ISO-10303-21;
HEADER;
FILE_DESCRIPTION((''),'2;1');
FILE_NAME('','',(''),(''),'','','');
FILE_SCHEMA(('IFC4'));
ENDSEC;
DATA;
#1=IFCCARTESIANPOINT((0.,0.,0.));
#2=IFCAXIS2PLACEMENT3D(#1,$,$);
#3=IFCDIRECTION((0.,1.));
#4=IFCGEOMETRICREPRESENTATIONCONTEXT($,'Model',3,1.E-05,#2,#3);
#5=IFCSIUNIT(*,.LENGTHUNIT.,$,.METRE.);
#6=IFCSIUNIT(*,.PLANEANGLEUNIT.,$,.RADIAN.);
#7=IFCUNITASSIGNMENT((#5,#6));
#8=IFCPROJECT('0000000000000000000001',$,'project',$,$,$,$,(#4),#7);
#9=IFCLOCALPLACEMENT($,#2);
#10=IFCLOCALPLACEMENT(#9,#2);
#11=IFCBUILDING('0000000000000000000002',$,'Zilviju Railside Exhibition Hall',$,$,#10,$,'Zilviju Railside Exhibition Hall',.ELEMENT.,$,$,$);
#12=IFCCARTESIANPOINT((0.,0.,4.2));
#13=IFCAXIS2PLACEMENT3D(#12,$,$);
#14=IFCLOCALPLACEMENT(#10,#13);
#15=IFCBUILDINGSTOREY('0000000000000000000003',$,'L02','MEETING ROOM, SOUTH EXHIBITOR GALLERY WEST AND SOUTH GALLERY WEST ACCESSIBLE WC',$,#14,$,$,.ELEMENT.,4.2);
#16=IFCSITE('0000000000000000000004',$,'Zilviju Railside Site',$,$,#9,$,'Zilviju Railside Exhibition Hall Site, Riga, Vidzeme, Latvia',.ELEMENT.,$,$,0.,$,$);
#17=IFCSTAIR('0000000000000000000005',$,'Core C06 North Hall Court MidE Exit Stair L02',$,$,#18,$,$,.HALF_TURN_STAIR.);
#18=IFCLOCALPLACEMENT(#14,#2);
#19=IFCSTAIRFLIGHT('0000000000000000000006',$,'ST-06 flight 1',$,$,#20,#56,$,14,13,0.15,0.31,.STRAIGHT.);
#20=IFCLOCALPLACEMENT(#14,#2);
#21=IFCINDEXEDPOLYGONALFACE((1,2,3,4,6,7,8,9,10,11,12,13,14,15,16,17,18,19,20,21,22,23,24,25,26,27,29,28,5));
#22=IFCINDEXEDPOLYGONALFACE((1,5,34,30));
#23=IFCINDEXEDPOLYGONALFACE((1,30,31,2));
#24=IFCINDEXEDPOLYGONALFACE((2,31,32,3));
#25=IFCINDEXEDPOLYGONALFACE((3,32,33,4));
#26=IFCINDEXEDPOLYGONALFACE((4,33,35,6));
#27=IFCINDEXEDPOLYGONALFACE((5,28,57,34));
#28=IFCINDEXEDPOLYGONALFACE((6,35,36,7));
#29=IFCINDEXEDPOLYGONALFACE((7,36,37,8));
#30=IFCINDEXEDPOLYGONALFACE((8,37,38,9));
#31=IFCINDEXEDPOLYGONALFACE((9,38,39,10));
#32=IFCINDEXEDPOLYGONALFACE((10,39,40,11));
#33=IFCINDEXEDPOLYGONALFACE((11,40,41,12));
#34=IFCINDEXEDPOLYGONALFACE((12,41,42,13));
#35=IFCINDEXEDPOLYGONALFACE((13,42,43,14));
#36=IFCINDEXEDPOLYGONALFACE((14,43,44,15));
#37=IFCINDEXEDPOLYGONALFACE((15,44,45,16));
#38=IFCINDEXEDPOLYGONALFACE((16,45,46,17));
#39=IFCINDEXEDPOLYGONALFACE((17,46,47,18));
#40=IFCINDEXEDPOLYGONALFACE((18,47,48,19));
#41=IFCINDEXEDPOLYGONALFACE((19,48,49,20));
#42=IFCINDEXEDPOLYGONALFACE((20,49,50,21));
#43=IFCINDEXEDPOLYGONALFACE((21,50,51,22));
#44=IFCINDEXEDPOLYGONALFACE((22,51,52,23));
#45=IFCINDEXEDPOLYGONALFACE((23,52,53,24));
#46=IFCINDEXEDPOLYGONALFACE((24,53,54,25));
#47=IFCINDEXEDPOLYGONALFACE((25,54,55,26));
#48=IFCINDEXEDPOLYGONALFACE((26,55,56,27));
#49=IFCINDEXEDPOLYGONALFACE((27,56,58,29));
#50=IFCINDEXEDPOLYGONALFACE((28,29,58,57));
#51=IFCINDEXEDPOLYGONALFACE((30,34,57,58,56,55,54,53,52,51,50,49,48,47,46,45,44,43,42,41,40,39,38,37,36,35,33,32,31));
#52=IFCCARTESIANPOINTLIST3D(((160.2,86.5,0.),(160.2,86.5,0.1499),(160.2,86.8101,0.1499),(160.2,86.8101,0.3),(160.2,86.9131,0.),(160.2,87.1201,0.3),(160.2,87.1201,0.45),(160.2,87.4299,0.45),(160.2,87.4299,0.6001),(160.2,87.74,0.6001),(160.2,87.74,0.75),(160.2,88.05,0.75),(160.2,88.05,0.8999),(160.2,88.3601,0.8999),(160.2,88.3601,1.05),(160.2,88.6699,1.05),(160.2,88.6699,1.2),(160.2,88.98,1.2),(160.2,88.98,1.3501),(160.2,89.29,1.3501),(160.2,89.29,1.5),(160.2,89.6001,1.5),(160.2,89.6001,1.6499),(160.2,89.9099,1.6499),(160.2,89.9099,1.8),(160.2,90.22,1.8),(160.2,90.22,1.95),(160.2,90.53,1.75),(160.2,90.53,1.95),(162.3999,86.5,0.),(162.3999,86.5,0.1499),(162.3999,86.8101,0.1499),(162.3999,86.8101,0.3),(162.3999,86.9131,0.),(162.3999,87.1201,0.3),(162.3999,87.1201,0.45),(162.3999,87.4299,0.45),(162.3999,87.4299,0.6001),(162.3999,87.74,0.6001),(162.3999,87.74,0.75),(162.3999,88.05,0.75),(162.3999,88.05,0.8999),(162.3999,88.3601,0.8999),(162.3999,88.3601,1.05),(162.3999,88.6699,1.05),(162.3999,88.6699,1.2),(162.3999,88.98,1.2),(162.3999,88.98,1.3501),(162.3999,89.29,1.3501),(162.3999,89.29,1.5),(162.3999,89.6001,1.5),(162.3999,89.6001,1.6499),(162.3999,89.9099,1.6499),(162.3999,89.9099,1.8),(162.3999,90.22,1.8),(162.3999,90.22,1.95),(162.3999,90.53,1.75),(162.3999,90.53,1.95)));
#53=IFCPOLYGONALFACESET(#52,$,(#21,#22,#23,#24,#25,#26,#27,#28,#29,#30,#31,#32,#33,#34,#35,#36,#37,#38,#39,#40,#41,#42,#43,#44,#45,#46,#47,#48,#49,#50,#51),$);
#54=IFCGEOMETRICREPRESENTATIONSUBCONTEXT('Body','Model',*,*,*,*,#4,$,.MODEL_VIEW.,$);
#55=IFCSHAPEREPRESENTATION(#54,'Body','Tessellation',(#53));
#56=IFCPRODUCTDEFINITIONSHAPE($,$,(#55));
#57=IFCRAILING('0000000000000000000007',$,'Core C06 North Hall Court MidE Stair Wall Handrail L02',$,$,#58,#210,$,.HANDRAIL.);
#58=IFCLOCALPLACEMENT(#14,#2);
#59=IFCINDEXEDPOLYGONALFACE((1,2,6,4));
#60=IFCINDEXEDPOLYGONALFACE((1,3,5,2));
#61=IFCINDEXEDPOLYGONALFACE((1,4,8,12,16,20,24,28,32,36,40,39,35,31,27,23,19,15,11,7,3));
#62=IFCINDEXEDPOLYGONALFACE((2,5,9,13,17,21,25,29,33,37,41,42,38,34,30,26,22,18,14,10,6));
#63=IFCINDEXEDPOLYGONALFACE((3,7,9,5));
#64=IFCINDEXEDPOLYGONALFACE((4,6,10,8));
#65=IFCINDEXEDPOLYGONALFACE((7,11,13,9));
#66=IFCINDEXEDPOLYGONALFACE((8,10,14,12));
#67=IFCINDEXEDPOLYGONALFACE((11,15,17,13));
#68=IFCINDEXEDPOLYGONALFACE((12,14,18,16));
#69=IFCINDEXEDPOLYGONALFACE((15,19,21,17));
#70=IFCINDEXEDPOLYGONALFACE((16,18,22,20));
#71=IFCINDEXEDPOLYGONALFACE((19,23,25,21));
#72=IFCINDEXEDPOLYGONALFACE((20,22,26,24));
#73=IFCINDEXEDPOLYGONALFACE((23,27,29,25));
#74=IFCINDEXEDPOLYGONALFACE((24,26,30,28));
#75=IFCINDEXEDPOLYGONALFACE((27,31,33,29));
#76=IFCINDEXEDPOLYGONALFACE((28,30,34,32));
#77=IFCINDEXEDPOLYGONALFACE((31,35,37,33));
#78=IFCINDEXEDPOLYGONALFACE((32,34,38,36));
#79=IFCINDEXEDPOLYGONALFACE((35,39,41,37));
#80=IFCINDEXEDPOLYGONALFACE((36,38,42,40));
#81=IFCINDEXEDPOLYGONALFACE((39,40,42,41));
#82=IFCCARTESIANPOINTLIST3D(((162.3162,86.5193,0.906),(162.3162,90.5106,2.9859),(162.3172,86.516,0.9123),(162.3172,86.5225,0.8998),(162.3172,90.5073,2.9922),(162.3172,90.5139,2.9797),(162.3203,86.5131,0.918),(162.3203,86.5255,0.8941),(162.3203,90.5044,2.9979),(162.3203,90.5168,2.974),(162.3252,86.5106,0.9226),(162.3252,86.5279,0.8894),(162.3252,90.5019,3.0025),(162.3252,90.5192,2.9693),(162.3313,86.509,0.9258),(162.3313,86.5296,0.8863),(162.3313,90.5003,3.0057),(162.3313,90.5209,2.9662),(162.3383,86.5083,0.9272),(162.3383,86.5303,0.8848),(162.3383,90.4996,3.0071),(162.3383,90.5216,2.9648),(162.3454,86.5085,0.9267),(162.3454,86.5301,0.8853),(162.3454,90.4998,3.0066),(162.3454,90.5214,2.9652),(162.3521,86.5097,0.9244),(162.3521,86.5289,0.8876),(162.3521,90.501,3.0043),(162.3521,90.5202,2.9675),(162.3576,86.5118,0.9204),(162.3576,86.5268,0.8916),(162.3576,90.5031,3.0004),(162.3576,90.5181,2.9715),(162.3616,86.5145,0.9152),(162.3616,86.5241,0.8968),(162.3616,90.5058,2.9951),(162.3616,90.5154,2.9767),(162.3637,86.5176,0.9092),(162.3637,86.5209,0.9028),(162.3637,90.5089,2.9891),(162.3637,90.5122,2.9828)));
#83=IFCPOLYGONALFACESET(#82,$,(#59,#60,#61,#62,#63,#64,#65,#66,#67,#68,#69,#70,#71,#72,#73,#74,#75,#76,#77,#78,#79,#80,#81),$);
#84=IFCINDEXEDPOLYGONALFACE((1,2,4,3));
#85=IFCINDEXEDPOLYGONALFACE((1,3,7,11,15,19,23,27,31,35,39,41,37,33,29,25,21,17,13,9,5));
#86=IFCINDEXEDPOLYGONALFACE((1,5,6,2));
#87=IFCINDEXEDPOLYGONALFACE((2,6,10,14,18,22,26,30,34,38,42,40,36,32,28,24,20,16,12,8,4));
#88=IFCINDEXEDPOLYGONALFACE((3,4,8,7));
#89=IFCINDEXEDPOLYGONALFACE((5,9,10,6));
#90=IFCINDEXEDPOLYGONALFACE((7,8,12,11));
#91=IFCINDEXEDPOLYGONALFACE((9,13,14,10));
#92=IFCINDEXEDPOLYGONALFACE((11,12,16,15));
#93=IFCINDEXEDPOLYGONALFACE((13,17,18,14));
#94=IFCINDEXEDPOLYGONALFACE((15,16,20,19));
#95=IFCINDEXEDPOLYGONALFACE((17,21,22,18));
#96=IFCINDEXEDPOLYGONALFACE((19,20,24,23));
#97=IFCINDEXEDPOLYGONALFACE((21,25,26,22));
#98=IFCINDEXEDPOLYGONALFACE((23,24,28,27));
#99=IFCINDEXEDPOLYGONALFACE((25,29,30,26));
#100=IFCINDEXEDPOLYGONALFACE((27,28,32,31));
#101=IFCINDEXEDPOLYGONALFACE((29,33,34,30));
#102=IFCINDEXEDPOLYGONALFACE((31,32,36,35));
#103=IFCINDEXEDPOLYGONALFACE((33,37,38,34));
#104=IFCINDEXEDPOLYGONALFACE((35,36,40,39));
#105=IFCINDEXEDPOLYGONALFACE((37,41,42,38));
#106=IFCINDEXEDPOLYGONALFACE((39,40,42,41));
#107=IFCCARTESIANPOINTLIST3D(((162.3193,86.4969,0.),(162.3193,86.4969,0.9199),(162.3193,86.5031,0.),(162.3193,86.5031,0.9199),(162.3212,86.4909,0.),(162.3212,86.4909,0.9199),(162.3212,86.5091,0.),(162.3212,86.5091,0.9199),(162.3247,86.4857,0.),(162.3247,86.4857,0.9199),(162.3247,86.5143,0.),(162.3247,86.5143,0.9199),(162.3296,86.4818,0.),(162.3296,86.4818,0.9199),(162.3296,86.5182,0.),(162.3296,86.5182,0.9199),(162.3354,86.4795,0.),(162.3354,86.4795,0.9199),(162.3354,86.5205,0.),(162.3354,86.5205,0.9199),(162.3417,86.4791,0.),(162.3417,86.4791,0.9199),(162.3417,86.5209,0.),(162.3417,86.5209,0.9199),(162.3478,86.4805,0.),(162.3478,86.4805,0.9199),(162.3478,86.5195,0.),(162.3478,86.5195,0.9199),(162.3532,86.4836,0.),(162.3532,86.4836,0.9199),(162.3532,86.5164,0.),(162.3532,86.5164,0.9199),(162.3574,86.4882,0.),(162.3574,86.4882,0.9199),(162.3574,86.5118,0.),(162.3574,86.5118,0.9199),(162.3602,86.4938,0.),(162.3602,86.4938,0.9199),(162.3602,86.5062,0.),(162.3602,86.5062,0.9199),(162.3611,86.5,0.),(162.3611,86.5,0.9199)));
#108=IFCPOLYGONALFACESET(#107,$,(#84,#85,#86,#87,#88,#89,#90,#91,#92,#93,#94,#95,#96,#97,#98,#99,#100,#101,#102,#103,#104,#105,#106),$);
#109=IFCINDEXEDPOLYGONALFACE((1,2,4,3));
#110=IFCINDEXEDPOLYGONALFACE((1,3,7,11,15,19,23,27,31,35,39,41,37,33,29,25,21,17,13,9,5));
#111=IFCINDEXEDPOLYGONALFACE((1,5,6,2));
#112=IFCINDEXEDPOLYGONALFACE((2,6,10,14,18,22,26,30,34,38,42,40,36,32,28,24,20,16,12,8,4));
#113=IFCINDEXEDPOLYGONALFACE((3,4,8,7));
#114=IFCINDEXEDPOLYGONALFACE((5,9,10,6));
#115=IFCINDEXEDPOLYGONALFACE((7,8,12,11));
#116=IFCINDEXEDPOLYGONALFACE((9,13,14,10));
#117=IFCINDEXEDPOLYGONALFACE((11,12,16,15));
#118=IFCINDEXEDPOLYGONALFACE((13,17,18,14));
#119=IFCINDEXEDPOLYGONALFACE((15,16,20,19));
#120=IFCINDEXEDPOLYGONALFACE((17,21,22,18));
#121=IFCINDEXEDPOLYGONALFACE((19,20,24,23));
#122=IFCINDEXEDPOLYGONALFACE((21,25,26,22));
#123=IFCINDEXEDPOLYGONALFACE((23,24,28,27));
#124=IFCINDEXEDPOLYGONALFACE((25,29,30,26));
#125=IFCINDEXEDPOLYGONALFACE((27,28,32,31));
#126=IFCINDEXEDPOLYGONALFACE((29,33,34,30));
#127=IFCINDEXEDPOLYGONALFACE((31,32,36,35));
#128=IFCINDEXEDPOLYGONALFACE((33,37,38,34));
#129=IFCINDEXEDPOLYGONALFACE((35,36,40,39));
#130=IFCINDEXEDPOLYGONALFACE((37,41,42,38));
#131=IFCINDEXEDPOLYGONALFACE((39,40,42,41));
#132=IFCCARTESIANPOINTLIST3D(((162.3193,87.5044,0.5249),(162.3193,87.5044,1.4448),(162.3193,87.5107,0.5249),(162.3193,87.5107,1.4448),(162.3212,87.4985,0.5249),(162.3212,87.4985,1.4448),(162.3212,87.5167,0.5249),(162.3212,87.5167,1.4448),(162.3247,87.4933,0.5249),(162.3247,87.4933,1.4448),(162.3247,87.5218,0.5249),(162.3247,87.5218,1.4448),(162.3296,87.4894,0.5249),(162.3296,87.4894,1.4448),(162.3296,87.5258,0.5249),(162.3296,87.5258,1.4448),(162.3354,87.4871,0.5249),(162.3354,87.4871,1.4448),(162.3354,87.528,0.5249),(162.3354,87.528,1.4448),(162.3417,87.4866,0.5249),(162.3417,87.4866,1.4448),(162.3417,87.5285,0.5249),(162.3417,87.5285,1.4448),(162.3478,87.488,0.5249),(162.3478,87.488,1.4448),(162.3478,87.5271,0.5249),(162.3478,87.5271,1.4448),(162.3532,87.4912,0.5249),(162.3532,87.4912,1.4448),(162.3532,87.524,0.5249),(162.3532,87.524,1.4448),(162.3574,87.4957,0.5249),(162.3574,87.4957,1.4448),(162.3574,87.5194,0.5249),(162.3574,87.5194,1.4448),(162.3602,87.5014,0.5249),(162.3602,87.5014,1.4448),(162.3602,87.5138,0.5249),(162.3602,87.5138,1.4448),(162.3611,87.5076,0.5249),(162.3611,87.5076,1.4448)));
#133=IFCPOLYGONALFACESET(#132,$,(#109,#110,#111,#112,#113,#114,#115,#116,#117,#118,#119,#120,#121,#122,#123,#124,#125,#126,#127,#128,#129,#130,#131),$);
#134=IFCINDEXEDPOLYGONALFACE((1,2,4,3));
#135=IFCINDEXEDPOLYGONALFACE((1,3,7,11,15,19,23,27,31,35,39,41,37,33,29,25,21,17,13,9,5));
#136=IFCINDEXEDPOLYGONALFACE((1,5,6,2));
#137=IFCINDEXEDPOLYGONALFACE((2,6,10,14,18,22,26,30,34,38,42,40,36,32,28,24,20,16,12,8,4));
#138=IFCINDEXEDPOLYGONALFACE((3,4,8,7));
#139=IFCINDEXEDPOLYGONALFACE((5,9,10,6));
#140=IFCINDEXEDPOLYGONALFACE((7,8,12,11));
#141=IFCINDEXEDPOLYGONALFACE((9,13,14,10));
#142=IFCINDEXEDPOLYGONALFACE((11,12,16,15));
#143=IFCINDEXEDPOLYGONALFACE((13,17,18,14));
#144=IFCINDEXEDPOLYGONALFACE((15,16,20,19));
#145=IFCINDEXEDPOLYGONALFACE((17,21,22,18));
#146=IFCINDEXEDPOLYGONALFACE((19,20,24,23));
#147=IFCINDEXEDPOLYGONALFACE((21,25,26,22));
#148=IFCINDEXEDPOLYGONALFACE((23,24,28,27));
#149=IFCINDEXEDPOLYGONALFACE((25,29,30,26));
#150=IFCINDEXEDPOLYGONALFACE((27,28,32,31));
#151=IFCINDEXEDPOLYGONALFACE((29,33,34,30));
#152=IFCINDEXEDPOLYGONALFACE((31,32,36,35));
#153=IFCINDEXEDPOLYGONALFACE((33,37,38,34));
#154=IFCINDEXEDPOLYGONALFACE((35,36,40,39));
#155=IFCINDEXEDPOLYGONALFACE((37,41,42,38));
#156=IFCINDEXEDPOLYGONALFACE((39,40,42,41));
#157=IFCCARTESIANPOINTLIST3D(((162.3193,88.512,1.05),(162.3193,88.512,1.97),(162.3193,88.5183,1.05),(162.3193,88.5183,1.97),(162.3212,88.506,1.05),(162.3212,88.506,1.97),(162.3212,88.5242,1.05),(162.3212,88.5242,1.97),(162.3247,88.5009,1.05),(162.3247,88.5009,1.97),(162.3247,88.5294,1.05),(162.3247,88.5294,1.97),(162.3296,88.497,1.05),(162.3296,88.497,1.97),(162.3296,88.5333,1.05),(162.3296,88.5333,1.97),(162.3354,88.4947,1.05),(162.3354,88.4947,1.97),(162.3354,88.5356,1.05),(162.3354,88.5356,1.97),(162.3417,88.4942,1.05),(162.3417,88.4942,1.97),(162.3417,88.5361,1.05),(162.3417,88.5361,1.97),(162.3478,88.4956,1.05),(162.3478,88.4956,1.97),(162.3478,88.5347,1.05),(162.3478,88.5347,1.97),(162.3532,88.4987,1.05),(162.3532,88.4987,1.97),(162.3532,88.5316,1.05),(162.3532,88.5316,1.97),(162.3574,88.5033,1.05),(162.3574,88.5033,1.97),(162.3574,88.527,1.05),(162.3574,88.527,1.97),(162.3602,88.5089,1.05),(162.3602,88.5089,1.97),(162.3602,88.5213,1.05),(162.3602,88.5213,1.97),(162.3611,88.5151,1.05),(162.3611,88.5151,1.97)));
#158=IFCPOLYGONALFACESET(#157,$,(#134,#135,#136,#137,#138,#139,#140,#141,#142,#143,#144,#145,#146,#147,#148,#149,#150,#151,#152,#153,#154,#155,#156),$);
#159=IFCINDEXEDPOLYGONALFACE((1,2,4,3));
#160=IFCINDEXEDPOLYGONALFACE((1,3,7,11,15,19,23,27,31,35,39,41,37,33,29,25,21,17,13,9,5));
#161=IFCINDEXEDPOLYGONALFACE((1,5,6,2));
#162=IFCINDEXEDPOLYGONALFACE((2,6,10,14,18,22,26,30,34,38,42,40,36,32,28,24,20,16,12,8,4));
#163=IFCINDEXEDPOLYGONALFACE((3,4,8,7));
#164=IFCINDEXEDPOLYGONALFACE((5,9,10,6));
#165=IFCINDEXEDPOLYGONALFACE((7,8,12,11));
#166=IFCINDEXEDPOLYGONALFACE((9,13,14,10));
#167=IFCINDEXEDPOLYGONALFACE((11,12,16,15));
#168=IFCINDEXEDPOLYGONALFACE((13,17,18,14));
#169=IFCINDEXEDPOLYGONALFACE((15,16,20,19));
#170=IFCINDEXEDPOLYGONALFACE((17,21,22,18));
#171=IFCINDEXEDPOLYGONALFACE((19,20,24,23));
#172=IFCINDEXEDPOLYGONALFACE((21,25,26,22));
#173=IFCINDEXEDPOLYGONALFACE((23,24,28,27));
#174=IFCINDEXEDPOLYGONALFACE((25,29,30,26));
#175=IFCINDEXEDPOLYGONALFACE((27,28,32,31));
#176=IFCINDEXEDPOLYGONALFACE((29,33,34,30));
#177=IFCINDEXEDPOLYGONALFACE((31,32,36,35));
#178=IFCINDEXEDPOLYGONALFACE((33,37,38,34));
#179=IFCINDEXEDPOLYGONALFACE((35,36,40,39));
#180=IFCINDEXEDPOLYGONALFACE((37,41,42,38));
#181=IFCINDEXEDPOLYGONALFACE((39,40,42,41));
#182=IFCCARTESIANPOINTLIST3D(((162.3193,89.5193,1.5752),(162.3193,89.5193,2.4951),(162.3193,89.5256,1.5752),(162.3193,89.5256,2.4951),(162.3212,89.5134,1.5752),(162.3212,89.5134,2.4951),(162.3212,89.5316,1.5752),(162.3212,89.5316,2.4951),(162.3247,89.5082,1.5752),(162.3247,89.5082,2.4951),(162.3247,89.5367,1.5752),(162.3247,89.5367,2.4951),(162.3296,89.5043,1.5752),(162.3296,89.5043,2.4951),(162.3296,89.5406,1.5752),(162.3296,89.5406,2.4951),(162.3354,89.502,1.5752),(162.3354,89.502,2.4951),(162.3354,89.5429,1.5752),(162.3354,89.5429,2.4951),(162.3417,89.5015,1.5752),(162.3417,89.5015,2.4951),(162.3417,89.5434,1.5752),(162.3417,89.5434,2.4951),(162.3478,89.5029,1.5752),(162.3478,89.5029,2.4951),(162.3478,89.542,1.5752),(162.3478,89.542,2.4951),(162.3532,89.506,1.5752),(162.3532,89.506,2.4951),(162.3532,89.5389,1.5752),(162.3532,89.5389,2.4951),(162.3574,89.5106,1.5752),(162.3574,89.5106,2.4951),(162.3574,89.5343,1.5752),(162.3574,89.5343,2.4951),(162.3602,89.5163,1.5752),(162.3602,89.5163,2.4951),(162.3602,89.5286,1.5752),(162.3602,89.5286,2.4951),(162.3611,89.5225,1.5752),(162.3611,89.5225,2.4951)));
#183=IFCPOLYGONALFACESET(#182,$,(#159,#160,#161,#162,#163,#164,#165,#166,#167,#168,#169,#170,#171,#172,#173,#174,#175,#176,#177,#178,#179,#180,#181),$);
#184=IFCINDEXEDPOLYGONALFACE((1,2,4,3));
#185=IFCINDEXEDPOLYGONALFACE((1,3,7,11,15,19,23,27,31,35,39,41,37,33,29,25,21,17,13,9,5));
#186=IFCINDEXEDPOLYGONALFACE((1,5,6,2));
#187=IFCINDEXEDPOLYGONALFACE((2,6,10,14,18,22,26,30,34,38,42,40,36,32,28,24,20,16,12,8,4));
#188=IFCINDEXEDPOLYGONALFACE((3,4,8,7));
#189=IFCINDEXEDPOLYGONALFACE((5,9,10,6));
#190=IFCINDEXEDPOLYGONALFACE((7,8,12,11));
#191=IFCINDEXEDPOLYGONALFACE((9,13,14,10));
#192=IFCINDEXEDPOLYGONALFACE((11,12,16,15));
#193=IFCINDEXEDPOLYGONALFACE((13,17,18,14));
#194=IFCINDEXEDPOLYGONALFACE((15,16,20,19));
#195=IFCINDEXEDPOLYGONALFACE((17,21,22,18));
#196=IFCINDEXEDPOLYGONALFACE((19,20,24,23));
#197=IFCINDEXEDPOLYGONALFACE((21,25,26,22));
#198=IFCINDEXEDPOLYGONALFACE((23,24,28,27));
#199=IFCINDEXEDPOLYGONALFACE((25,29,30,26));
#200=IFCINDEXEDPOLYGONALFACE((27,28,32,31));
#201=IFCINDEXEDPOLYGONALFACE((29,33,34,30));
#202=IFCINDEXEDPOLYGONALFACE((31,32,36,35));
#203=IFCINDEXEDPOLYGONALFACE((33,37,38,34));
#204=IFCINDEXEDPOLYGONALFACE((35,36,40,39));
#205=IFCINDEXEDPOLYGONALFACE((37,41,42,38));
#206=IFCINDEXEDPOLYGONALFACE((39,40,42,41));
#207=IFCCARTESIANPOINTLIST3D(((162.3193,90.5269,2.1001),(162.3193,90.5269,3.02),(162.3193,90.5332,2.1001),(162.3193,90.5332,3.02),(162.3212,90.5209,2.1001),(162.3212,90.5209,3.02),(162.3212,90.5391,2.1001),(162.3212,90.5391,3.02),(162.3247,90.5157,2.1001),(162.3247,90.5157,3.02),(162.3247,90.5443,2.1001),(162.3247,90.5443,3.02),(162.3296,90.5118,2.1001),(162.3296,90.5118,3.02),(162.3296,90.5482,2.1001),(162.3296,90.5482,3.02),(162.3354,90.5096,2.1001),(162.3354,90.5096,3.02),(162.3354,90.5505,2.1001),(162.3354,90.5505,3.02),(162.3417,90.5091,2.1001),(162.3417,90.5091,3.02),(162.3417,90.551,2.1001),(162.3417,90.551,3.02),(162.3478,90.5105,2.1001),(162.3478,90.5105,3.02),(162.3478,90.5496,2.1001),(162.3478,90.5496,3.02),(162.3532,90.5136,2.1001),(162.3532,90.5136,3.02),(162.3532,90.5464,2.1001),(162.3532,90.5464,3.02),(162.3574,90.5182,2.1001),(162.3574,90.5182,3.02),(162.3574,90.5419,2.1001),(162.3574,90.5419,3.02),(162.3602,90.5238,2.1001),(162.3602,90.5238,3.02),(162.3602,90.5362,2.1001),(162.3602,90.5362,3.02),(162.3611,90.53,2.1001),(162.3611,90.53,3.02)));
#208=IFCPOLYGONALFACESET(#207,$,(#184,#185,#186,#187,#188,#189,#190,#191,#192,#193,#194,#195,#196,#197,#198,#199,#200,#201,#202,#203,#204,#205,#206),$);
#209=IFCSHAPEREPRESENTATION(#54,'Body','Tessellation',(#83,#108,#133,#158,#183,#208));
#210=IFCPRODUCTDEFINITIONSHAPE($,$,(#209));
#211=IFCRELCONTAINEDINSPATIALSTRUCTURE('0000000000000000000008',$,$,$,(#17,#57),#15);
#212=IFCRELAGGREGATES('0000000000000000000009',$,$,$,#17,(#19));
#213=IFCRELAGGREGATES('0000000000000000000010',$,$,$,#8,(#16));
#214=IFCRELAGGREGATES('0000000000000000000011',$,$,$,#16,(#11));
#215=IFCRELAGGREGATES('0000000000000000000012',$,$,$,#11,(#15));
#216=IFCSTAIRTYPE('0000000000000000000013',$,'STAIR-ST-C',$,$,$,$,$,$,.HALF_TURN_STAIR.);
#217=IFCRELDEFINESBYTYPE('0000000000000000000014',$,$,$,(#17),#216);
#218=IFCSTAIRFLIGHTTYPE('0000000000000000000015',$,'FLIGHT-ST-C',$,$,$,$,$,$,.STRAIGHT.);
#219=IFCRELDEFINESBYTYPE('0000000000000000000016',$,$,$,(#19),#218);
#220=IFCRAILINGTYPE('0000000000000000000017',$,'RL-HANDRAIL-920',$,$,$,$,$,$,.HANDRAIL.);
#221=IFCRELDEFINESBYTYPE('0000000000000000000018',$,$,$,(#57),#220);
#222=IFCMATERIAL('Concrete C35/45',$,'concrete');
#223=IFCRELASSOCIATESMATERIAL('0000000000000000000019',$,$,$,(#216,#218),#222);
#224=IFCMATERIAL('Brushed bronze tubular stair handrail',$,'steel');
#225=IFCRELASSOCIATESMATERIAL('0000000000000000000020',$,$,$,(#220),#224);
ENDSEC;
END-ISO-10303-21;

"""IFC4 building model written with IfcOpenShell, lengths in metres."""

from ifc_helpers import new_model, si_unit, direction, frame, origin, origin_2d, place, context, subcontext, project, spatial, polyline, circle, outline, extrude, material, type_object, element, aggregate, save


model = new_model("IFC4")

# Units and contexts
model_context = context("Model", 3, precision=1e-05, world=origin(), true_north=direction((0.0, 1.0)))
body_context = subcontext(model_context, "Body", "Model", "MODEL_VIEW")
ifc_project = project(units=[si_unit("LENGTHUNIT", "METRE"), si_unit("PLANEANGLEUNIT", "RADIAN")], contexts=[model_context])

# Site, building, storey
site_placement = place(None, origin())
site = spatial("IfcSite", under=ifc_project, at=site_placement, Name="Zilviju Railside Site", LongName="Zilviju Railside Exhibition Hall Site, Riga, Vidzeme, Latvia", CompositionType="ELEMENT", RefElevation=0.0)
building_placement = place(site_placement, origin())
building = spatial("IfcBuilding", under=site, at=building_placement, Name="Zilviju Railside Exhibition Hall", LongName="Zilviju Railside Exhibition Hall", CompositionType="ELEMENT")
storey_placement = place(building_placement, frame((0.0, 0.0, 4.2)))
storey = spatial("IfcBuildingStorey", under=building, at=storey_placement, Name="L02", Description="MEETING ROOM, SOUTH EXHIBITOR GALLERY WEST AND SOUTH GALLERY WEST ACCESSIBLE WC", CompositionType="ELEMENT", Elevation=4.2)

# Shared definitions
ifc_material_1 = material(Name="Concrete C35/45", Category="concrete")

# Stair, stair flight
stair_type = type_object("IfcStairType", Name="STAIR-ST-C", PredefinedType="HALF_TURN_STAIR", material=ifc_material_1)
stair_placement = place(storey_placement, origin())
stair = element("IfcStair", 1, at=stair_placement, inside=storey, type_object=stair_type, Name="Core C06 North Hall Court MidE Exit Stair L02", PredefinedType="HALF_TURN_STAIR")
stair_flight_type = type_object("IfcStairFlightType", Name="FLIGHT-ST-C", PredefinedType="STRAIGHT", material=ifc_material_1)
stair_flight_placement = place(storey_placement, frame((161.3, 86.5, 0.0), z_axis=(0.0, 0.0, 1.0), x_axis=(0.0, 1.0, 0.0)))
stair_flight = element("IfcStairFlight", 2, at=stair_flight_placement, type_object=stair_flight_type, Name="ST-06 flight 1", NumberOfRisers=14, NumberOfTreads=13, PredefinedType="STRAIGHT", RiserHeight=0.15, TreadLength=0.31, context=body_context, shape_type="SweptSolid", body=[
    extrude(outline(polyline([(0.0, 0.0), (0.0, 0.1499), (0.3101, 0.1499), (0.3101, 0.3), (0.6201, 0.3), (0.6201, 0.45), (0.9299, 0.45), (0.9299, 0.6001), (1.24, 0.6001), (1.24, 0.75), (1.55, 0.75), (1.55, 0.8999), (1.8601, 0.8999), (1.8601, 1.05), (2.1699, 1.05), (2.1699, 1.2), (2.48, 1.2), (2.48, 1.3501), (2.79, 1.3501), (2.79, 1.5), (3.1001, 1.5), (3.1001, 1.6499), (3.4099, 1.6499), (3.4099, 1.8), (3.72, 1.8), (3.72, 1.95), (4.03, 1.95), (4.03, 2.1001), (4.03, 1.75), (0.4131, 0.0), (0.0, 0.0)])), frame((0.0, 1.1001, 0.0), z_axis=(0.0, -1.0, 0.0), x_axis=(1.0, 0.0, 0.0)), (0.0, 0.0, 1.0), 2.2),
])
aggregate(stair, [stair_flight])

# Railing
ifc_material_2 = material(Name="Brushed bronze tubular stair handrail", Category="steel")
railing_type_1 = type_object("IfcRailingType", Name="RL-HANDRAIL-920", PredefinedType="HANDRAIL", material=ifc_material_2)
railing_1_placement = place(storey_placement, frame((162.3401, 86.5, 0.0)))
element("IfcRailing", 3, at=railing_1_placement, inside=storey, type_object=railing_type_1, Name="Core C06 North Hall Court MidE Stair Wall Handrail L02", PredefinedType="HANDRAIL", context=body_context, shape_type="SweptSolid", body=[
    extrude(circle(Radius=0.0239, at=origin_2d()), frame((0.0, 0.0193, 0.906), z_axis=(0.0, 0.886813, 0.462129), x_axis=(-1.0, 0.0, 0.0)), (0.0, 0.0, 1.0), 4.5007),
    extrude(circle(Radius=0.021, at=origin_2d()), origin(), (0.0, 0.0, 1.0), 0.9199),
    extrude(circle(Radius=0.021, at=origin_2d()), frame((0.0, 1.0076, 0.5249)), (0.0, 0.0, 1.0), 0.9199),
    extrude(circle(Radius=0.021, at=origin_2d()), frame((0.0, 2.0151, 1.05)), (0.0, 0.0, 1.0), 0.9199),
    extrude(circle(Radius=0.021, at=origin_2d()), frame((0.0, 3.0225, 1.5752)), (0.0, 0.0, 1.0), 0.9199),
    extrude(circle(Radius=0.021, at=origin_2d()), frame((0.0, 4.03, 2.1001)), (0.0, 0.0, 1.0), 0.9199),
])

save(model, "model.ifc")
